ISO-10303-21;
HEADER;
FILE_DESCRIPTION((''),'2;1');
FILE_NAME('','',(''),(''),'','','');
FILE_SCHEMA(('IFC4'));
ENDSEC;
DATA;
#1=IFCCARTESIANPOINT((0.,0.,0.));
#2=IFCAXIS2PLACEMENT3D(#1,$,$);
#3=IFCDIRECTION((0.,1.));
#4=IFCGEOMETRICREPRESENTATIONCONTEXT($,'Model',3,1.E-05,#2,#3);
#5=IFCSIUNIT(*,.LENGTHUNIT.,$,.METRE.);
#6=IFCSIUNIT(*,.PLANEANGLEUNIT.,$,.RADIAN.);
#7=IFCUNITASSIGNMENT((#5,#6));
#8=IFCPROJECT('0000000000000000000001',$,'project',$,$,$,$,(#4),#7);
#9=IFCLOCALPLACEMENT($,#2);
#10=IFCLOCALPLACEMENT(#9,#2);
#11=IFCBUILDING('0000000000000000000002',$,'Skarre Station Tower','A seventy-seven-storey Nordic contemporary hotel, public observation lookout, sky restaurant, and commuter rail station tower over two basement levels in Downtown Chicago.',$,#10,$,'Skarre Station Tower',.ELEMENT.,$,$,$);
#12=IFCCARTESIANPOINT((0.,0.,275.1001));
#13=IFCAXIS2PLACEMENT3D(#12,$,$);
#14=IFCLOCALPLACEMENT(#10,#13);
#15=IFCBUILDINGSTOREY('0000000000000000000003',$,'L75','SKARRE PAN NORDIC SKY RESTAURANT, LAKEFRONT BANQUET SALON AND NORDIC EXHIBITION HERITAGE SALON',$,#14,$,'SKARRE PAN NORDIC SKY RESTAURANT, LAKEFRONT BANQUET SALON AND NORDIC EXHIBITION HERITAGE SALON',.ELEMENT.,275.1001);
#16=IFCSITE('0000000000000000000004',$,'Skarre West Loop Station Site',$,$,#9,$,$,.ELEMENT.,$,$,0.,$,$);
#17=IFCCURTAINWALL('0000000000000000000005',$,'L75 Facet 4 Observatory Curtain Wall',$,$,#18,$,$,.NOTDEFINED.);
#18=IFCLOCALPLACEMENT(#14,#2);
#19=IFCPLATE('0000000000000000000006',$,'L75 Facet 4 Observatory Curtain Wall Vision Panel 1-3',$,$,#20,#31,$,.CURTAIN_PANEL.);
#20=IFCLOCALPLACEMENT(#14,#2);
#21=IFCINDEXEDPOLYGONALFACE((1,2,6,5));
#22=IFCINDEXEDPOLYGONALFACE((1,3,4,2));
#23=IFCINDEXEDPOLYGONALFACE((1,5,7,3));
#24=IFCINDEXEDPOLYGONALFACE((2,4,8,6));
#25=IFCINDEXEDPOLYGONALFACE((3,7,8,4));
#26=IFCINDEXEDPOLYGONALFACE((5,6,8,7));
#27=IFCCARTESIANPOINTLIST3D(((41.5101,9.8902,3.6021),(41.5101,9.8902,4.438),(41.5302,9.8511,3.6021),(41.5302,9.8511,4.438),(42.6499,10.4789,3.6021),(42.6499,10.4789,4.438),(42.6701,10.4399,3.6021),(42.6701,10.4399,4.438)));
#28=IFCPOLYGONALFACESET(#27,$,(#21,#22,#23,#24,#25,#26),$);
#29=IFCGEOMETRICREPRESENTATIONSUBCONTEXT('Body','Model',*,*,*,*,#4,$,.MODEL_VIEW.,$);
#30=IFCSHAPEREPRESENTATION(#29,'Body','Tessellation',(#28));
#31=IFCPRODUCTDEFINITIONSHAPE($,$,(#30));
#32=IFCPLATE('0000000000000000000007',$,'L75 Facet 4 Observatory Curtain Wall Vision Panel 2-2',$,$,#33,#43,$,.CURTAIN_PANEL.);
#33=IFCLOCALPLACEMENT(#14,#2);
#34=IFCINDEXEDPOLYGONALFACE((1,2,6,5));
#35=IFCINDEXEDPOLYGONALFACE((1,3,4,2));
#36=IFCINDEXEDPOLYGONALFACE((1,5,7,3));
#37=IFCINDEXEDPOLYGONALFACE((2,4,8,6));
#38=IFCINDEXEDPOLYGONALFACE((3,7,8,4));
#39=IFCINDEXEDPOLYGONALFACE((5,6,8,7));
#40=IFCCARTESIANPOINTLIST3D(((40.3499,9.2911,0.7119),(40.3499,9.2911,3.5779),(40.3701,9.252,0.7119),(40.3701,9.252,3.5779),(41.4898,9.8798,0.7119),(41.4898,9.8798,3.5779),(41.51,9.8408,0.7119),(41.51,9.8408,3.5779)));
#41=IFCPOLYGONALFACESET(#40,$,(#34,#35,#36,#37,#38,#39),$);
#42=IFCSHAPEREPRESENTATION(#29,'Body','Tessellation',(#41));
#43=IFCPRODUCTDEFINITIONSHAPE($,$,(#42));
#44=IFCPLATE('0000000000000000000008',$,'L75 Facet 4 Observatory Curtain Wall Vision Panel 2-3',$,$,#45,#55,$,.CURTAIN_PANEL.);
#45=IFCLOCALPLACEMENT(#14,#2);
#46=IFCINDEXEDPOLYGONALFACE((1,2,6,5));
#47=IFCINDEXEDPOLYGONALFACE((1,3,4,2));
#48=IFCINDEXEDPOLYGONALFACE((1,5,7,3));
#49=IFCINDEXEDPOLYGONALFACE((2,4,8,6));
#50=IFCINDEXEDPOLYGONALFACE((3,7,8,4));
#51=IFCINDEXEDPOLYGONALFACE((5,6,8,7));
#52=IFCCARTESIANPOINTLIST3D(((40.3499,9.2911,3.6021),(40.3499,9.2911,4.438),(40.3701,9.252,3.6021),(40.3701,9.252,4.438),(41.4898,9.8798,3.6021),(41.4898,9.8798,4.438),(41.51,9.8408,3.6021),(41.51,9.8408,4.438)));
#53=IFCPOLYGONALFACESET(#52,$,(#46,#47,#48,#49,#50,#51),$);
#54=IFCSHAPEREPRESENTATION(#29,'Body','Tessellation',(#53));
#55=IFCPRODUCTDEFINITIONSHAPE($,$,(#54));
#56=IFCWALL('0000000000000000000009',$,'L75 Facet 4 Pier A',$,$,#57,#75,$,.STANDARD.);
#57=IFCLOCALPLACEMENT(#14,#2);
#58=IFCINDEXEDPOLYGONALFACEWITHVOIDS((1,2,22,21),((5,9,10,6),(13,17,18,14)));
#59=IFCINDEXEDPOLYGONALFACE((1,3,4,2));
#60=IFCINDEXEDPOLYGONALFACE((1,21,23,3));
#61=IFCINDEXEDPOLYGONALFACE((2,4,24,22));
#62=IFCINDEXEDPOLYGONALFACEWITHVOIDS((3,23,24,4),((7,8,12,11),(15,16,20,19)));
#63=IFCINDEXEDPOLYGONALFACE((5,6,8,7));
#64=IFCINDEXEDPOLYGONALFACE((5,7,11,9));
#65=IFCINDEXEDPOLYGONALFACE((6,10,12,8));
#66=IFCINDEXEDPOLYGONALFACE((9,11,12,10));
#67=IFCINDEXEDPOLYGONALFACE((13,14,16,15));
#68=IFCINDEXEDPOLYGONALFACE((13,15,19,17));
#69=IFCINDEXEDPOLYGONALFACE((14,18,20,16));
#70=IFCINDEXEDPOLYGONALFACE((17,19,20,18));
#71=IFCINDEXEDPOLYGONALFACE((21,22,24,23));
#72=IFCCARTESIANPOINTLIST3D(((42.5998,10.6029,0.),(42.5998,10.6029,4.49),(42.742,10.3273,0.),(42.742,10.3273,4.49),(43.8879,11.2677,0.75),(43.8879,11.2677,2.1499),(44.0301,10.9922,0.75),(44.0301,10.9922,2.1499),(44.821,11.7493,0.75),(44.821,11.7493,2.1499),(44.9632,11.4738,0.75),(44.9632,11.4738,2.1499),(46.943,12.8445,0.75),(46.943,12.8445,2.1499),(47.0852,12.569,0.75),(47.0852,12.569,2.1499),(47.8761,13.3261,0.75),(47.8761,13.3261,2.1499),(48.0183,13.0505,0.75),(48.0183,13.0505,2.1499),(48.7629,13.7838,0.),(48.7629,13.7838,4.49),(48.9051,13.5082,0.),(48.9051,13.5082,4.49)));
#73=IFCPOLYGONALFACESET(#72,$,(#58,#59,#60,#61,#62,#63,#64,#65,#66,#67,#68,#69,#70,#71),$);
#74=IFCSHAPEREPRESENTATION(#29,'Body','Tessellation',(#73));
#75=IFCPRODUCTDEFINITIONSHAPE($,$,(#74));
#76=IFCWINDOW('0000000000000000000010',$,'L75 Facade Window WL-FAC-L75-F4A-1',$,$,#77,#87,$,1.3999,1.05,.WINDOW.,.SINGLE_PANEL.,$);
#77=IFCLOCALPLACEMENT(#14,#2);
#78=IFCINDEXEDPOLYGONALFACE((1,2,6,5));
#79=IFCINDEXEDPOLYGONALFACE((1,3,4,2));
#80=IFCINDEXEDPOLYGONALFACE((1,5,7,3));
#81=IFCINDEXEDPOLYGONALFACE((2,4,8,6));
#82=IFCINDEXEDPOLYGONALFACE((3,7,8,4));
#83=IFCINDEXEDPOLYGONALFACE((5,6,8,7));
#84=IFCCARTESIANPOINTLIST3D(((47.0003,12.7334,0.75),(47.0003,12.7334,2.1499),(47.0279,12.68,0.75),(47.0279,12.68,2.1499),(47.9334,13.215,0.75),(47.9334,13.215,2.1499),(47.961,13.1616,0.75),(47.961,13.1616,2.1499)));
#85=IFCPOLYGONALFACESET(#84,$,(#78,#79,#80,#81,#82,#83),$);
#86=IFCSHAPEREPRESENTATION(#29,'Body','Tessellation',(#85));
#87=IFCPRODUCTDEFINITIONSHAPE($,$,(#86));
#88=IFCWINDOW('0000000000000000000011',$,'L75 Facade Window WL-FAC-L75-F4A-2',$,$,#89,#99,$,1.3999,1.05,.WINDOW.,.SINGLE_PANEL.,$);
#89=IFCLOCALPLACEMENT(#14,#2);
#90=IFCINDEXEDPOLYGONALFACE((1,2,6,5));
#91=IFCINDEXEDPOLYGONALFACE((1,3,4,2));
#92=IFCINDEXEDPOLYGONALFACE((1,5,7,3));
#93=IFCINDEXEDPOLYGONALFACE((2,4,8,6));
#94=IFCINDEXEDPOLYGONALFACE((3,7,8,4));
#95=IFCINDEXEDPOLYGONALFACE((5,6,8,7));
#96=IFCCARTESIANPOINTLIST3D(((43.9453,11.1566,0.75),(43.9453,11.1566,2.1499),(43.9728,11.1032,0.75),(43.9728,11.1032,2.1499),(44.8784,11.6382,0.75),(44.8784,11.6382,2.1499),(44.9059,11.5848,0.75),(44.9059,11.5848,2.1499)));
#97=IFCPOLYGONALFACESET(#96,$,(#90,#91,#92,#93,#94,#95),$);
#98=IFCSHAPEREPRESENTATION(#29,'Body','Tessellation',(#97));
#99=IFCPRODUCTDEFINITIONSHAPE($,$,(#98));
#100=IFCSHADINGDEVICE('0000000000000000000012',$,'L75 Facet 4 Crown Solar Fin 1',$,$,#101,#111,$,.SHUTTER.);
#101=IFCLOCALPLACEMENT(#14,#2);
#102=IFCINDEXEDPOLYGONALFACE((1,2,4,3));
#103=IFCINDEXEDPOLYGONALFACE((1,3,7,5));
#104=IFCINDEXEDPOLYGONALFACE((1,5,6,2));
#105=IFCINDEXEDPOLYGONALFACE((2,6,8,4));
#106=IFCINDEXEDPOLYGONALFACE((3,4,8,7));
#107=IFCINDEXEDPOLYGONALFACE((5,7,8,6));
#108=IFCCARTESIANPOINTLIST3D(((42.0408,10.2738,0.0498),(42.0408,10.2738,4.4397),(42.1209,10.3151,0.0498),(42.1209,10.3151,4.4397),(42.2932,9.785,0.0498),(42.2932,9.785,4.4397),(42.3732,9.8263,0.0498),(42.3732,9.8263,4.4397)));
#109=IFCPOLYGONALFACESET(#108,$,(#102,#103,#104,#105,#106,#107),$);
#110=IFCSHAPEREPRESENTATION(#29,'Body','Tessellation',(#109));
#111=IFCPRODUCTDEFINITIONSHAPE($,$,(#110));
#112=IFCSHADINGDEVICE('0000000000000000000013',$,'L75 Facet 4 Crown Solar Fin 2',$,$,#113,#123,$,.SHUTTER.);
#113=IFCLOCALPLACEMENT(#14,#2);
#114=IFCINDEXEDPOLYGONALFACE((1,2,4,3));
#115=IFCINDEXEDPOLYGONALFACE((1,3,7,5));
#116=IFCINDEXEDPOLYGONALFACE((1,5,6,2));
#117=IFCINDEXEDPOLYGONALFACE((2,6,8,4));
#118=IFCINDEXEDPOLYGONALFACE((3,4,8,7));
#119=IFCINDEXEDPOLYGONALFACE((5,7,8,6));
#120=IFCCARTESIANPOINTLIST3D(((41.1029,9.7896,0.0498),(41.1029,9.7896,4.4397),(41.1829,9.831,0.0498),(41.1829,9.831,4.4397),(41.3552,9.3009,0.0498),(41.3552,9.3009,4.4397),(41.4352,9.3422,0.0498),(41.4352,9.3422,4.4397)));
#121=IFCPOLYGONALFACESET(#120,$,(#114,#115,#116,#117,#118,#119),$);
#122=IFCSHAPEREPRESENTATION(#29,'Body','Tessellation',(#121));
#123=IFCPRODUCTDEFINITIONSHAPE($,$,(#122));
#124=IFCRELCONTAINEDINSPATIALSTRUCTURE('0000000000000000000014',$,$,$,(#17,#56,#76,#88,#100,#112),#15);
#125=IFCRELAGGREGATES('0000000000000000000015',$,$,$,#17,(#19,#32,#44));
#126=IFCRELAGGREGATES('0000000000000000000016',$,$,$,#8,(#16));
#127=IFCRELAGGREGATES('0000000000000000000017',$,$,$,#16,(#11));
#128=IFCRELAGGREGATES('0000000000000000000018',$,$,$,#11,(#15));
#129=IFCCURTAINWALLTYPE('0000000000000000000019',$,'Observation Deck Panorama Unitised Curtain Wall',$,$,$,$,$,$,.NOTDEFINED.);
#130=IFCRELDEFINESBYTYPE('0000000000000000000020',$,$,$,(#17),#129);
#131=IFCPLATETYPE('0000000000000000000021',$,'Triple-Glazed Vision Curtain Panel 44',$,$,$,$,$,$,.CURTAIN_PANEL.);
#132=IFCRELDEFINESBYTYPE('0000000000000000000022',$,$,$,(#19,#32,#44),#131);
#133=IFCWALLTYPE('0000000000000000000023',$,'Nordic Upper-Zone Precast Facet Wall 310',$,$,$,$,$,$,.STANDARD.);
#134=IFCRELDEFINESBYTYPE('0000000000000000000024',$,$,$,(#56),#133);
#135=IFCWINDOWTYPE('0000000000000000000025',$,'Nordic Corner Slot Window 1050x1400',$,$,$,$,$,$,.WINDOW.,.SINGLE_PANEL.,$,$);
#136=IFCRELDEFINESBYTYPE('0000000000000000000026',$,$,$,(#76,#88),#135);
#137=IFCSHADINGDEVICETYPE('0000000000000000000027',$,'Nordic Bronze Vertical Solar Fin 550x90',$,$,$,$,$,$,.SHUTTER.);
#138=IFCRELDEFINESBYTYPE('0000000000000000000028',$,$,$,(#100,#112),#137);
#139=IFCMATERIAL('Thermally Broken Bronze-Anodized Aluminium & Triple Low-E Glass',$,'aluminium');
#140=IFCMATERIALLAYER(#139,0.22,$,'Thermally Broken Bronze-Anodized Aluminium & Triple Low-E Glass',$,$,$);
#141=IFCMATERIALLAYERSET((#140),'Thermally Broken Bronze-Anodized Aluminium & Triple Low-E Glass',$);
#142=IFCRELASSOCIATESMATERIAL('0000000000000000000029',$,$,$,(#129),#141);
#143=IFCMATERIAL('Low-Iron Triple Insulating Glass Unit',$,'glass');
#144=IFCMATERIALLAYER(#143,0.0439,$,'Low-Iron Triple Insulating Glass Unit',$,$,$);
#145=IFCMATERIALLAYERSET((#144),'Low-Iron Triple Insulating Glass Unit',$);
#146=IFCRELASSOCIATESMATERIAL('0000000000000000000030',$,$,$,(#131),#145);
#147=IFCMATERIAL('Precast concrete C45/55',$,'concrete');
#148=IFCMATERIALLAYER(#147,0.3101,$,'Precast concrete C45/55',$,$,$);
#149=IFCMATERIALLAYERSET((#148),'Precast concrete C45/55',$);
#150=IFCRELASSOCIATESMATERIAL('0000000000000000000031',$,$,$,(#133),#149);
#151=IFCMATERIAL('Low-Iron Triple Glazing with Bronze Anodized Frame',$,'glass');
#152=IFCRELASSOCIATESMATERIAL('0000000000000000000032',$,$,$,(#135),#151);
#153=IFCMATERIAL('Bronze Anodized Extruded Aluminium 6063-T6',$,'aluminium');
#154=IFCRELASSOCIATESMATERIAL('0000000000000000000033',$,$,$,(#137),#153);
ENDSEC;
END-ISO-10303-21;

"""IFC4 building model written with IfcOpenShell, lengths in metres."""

from ifc_helpers import new_model, si_unit, direction, frame, frame_2d, origin, origin_2d, place, context, subcontext, project, spatial, rectangle, extrude, material, layer, layer_set, type_object, element, fill, aggregate, save


model = new_model("IFC4")

# Units and contexts
model_context = context("Model", 3, precision=1e-05, world=origin(), true_north=direction((0.0, 1.0)))
body_context = subcontext(model_context, "Body", "Model", "MODEL_VIEW")
ifc_project = project(units=[si_unit("LENGTHUNIT", "METRE"), si_unit("PLANEANGLEUNIT", "RADIAN")], contexts=[model_context])

# Site, building, storey
site_placement = place(None, origin())
site = spatial("IfcSite", under=ifc_project, at=site_placement, Name="Skarre West Loop Station Site", CompositionType="ELEMENT", RefElevation=0.0)
building_placement = place(site_placement, origin())
building = spatial("IfcBuilding", under=site, at=building_placement, Name="Skarre Station Tower", Description="A seventy-seven-storey Nordic contemporary hotel, public observation lookout, sky restaurant, and commuter rail station tower over two basement levels in Downtown Chicago.", LongName="Skarre Station Tower", CompositionType="ELEMENT")
storey_placement = place(building_placement, frame((0.0, 0.0, 275.1001)))
storey = spatial("IfcBuildingStorey", under=building, at=storey_placement, Name="L75", Description="SKARRE PAN NORDIC SKY RESTAURANT, LAKEFRONT BANQUET SALON AND NORDIC EXHIBITION HERITAGE SALON", LongName="SKARRE PAN NORDIC SKY RESTAURANT, LAKEFRONT BANQUET SALON AND NORDIC EXHIBITION HERITAGE SALON", CompositionType="ELEMENT", Elevation=275.1001)

# Curtain wall
ifc_material_1 = material(Name="Thermally Broken Bronze-Anodized Aluminium & Triple Low-E Glass", Category="aluminium")
ifc_layer_1 = layer(ifc_material_1, 0.22, Name="Thermally Broken Bronze-Anodized Aluminium & Triple Low-E Glass")
ifc_layer_set_1 = layer_set([ifc_layer_1], Name="Thermally Broken Bronze-Anodized Aluminium & Triple Low-E Glass")
curtain_wall_type = type_object("IfcCurtainWallType", Name="Observation Deck Panorama Unitised Curtain Wall", PredefinedType="NOTDEFINED", material=ifc_layer_set_1)
curtain_wall_placement = place(storey_placement, origin())
curtain_wall = element("IfcCurtainWall", 1, at=curtain_wall_placement, inside=storey, type_object=curtain_wall_type, Name="L75 Facet 4 Observatory Curtain Wall", PredefinedType="NOTDEFINED")

# Plates
ifc_material_2 = material(Name="Low-Iron Triple Insulating Glass Unit", Category="glass")
ifc_layer_2 = layer(ifc_material_2, 0.0439, Name="Low-Iron Triple Insulating Glass Unit")
ifc_layer_set_2 = layer_set([ifc_layer_2], Name="Low-Iron Triple Insulating Glass Unit")
plate_type_1 = type_object("IfcPlateType", Name="Triple-Glazed Vision Curtain Panel 44", PredefinedType="CURTAIN_PANEL", material=ifc_layer_set_2)
plate_1_placement = place(storey_placement, frame((42.0901, 10.165, 3.6021), z_axis=(0.0, 0.0, 1.0), x_axis=(-0.888481, -0.458913, 0.0)))
plate_1 = element("IfcPlate", 2, at=plate_1_placement, type_object=plate_type_1, Name="L75 Facet 4 Observatory Curtain Wall Vision Panel 1-3", PredefinedType="CURTAIN_PANEL", context=body_context, shape_type="SweptSolid", body=[
    extrude(rectangle(XDim=1.283, YDim=0.0439, at=origin_2d()), origin(), (0.0, 0.0, 1.0), 0.8359),
])
plate_2_placement = place(storey_placement, frame((40.9299, 9.5659, 0.7119), z_axis=(0.0, 0.0, 1.0), x_axis=(-0.888481, -0.458913, 0.0)))
plate_2 = element("IfcPlate", 3, at=plate_2_placement, type_object=plate_type_1, Name="L75 Facet 4 Observatory Curtain Wall Vision Panel 2-2", PredefinedType="CURTAIN_PANEL", context=body_context, shape_type="SweptSolid", body=[
    extrude(rectangle(XDim=1.283, YDim=0.0439, at=origin_2d()), origin(), (0.0, 0.0, 1.0), 2.866),
])
plate_3_placement = place(storey_placement, frame((40.9299, 9.5659, 3.6021), z_axis=(0.0, 0.0, 1.0), x_axis=(-0.888481, -0.458913, 0.0)))
plate_3 = element("IfcPlate", 4, at=plate_3_placement, type_object=plate_type_1, Name="L75 Facet 4 Observatory Curtain Wall Vision Panel 2-3", PredefinedType="CURTAIN_PANEL", context=body_context, shape_type="SweptSolid", body=[
    extrude(rectangle(XDim=1.283, YDim=0.0439, at=origin_2d()), origin(), (0.0, 0.0, 1.0), 0.8359),
])
aggregate(curtain_wall, [plate_1, plate_2, plate_3])

# Wall, openings, windows
ifc_material_3 = material(Name="Precast concrete C45/55", Category="concrete")
ifc_layer_3 = layer(ifc_material_3, 0.3101, Name="Precast concrete C45/55")
ifc_layer_set_3 = layer_set([ifc_layer_3], Name="Precast concrete C45/55")
wall_type = type_object("IfcWallType", Name="Nordic Upper-Zone Precast Facet Wall 310", PredefinedType="STANDARD", material=ifc_layer_set_3)
wall_placement = place(storey_placement, frame((48.834, 13.646, 0.0), z_axis=(0.0, 0.0, 1.0), x_axis=(-0.888623, -0.458638, 0.0)))
wall = element("IfcWall", 5, at=wall_placement, inside=storey, type_object=wall_type, Name="L75 Facet 4 Pier A", PredefinedType="STANDARD", context=body_context, shape_type="SweptSolid", body=[
    extrude(rectangle(XDim=6.9355, YDim=0.3101, at=frame_2d((3.4678, 0.0))), origin(), (0.0, 0.0, 1.0), 4.49),
])
opening_1_placement = place(wall_placement, frame((0.998, 0.0, 0.75)))
opening_1 = element("IfcOpeningElement", 6, at=opening_1_placement, cuts=wall, PredefinedType="OPENING", context=body_context, shape_type="SweptSolid", body=[
    extrude(rectangle(XDim=1.05, YDim=1.3999, at=frame_2d((0.5249, 0.7))), frame((0.0, 0.165, 0.0), z_axis=(0.0, -1.0, 0.0), x_axis=(1.0, 0.0, 0.0)), (0.0, 0.0, 1.0), 0.3301),
])
opening_2_placement = place(wall_placement, frame((4.436, 0.0, 0.75)))
opening_2 = element("IfcOpeningElement", 7, at=opening_2_placement, cuts=wall, PredefinedType="OPENING", context=body_context, shape_type="SweptSolid", body=[
    extrude(rectangle(XDim=1.05, YDim=1.3999, at=frame_2d((0.5249, 0.7))), frame((0.0, 0.165, 0.0), z_axis=(0.0, -1.0, 0.0), x_axis=(1.0, 0.0, 0.0)), (0.0, 0.0, 1.0), 0.3301),
])
ifc_material_4 = material(Name="Low-Iron Triple Glazing with Bronze Anodized Frame", Category="glass")
window_type = type_object("IfcWindowType", Name="Nordic Corner Slot Window 1050x1400", PartitioningType="SINGLE_PANEL", PredefinedType="WINDOW", material=ifc_material_4)
window_1_placement = place(opening_1_placement, origin())
window_1 = element("IfcWindow", 8, at=window_1_placement, inside=storey, type_object=window_type, Name="L75 Facade Window WL-FAC-L75-F4A-1", OverallHeight=1.3999, OverallWidth=1.05, PartitioningType="SINGLE_PANEL", PredefinedType="WINDOW", context=body_context, shape_type="SweptSolid", body=[
    extrude(rectangle(XDim=1.05, YDim=1.3999, at=frame_2d((0.5249, 0.7))), frame((0.0, 0.03, 0.0), z_axis=(0.0, -1.0, 0.0), x_axis=(1.0, 0.0, 0.0)), (0.0, 0.0, 1.0), 0.0601),
])
fill(opening_1, window_1)
window_2_placement = place(opening_2_placement, origin())
window_2 = element("IfcWindow", 9, at=window_2_placement, inside=storey, type_object=window_type, Name="L75 Facade Window WL-FAC-L75-F4A-2", OverallHeight=1.3999, OverallWidth=1.05, PartitioningType="SINGLE_PANEL", PredefinedType="WINDOW", context=body_context, shape_type="SweptSolid", body=[
    extrude(rectangle(XDim=1.05, YDim=1.3999, at=frame_2d((0.5249, 0.7))), frame((0.0, 0.03, 0.0), z_axis=(0.0, -1.0, 0.0), x_axis=(1.0, 0.0, 0.0)), (0.0, 0.0, 1.0), 0.0601),
])
fill(opening_2, window_2)

# Shading devices
ifc_material_5 = material(Name="Bronze Anodized Extruded Aluminium 6063-T6", Category="aluminium")
shading_device_type = type_object("IfcShadingDeviceType", Name="Nordic Bronze Vertical Solar Fin 550x90", PredefinedType="SHUTTER", material=ifc_material_5)
for number, where, z_axis, x_axis, name in (
    (10, (42.207, 10.05, 0.0498), (0.0, 0.0, 1.0), (0.458712, -0.888585, 0.0), "L75 Facet 4 Crown Solar Fin 1"),
    (11, (41.269, 9.5659, 0.0498), (0.0, 0.0, 1.0), (0.458712, -0.888585, 0.0), "L75 Facet 4 Crown Solar Fin 2"),
):
    element("IfcShadingDevice", number, at=place(storey_placement, frame(where, z_axis=z_axis, x_axis=x_axis)), inside=storey, type_object=shading_device_type, Name=name, PredefinedType="SHUTTER", context=body_context, shape_type="SweptSolid", body=[
        extrude(rectangle(XDim=0.55, YDim=0.0901, at=origin_2d()), origin(), (0.0, 0.0, 1.0), 4.3899),
    ])

save(model, "model.ifc")
